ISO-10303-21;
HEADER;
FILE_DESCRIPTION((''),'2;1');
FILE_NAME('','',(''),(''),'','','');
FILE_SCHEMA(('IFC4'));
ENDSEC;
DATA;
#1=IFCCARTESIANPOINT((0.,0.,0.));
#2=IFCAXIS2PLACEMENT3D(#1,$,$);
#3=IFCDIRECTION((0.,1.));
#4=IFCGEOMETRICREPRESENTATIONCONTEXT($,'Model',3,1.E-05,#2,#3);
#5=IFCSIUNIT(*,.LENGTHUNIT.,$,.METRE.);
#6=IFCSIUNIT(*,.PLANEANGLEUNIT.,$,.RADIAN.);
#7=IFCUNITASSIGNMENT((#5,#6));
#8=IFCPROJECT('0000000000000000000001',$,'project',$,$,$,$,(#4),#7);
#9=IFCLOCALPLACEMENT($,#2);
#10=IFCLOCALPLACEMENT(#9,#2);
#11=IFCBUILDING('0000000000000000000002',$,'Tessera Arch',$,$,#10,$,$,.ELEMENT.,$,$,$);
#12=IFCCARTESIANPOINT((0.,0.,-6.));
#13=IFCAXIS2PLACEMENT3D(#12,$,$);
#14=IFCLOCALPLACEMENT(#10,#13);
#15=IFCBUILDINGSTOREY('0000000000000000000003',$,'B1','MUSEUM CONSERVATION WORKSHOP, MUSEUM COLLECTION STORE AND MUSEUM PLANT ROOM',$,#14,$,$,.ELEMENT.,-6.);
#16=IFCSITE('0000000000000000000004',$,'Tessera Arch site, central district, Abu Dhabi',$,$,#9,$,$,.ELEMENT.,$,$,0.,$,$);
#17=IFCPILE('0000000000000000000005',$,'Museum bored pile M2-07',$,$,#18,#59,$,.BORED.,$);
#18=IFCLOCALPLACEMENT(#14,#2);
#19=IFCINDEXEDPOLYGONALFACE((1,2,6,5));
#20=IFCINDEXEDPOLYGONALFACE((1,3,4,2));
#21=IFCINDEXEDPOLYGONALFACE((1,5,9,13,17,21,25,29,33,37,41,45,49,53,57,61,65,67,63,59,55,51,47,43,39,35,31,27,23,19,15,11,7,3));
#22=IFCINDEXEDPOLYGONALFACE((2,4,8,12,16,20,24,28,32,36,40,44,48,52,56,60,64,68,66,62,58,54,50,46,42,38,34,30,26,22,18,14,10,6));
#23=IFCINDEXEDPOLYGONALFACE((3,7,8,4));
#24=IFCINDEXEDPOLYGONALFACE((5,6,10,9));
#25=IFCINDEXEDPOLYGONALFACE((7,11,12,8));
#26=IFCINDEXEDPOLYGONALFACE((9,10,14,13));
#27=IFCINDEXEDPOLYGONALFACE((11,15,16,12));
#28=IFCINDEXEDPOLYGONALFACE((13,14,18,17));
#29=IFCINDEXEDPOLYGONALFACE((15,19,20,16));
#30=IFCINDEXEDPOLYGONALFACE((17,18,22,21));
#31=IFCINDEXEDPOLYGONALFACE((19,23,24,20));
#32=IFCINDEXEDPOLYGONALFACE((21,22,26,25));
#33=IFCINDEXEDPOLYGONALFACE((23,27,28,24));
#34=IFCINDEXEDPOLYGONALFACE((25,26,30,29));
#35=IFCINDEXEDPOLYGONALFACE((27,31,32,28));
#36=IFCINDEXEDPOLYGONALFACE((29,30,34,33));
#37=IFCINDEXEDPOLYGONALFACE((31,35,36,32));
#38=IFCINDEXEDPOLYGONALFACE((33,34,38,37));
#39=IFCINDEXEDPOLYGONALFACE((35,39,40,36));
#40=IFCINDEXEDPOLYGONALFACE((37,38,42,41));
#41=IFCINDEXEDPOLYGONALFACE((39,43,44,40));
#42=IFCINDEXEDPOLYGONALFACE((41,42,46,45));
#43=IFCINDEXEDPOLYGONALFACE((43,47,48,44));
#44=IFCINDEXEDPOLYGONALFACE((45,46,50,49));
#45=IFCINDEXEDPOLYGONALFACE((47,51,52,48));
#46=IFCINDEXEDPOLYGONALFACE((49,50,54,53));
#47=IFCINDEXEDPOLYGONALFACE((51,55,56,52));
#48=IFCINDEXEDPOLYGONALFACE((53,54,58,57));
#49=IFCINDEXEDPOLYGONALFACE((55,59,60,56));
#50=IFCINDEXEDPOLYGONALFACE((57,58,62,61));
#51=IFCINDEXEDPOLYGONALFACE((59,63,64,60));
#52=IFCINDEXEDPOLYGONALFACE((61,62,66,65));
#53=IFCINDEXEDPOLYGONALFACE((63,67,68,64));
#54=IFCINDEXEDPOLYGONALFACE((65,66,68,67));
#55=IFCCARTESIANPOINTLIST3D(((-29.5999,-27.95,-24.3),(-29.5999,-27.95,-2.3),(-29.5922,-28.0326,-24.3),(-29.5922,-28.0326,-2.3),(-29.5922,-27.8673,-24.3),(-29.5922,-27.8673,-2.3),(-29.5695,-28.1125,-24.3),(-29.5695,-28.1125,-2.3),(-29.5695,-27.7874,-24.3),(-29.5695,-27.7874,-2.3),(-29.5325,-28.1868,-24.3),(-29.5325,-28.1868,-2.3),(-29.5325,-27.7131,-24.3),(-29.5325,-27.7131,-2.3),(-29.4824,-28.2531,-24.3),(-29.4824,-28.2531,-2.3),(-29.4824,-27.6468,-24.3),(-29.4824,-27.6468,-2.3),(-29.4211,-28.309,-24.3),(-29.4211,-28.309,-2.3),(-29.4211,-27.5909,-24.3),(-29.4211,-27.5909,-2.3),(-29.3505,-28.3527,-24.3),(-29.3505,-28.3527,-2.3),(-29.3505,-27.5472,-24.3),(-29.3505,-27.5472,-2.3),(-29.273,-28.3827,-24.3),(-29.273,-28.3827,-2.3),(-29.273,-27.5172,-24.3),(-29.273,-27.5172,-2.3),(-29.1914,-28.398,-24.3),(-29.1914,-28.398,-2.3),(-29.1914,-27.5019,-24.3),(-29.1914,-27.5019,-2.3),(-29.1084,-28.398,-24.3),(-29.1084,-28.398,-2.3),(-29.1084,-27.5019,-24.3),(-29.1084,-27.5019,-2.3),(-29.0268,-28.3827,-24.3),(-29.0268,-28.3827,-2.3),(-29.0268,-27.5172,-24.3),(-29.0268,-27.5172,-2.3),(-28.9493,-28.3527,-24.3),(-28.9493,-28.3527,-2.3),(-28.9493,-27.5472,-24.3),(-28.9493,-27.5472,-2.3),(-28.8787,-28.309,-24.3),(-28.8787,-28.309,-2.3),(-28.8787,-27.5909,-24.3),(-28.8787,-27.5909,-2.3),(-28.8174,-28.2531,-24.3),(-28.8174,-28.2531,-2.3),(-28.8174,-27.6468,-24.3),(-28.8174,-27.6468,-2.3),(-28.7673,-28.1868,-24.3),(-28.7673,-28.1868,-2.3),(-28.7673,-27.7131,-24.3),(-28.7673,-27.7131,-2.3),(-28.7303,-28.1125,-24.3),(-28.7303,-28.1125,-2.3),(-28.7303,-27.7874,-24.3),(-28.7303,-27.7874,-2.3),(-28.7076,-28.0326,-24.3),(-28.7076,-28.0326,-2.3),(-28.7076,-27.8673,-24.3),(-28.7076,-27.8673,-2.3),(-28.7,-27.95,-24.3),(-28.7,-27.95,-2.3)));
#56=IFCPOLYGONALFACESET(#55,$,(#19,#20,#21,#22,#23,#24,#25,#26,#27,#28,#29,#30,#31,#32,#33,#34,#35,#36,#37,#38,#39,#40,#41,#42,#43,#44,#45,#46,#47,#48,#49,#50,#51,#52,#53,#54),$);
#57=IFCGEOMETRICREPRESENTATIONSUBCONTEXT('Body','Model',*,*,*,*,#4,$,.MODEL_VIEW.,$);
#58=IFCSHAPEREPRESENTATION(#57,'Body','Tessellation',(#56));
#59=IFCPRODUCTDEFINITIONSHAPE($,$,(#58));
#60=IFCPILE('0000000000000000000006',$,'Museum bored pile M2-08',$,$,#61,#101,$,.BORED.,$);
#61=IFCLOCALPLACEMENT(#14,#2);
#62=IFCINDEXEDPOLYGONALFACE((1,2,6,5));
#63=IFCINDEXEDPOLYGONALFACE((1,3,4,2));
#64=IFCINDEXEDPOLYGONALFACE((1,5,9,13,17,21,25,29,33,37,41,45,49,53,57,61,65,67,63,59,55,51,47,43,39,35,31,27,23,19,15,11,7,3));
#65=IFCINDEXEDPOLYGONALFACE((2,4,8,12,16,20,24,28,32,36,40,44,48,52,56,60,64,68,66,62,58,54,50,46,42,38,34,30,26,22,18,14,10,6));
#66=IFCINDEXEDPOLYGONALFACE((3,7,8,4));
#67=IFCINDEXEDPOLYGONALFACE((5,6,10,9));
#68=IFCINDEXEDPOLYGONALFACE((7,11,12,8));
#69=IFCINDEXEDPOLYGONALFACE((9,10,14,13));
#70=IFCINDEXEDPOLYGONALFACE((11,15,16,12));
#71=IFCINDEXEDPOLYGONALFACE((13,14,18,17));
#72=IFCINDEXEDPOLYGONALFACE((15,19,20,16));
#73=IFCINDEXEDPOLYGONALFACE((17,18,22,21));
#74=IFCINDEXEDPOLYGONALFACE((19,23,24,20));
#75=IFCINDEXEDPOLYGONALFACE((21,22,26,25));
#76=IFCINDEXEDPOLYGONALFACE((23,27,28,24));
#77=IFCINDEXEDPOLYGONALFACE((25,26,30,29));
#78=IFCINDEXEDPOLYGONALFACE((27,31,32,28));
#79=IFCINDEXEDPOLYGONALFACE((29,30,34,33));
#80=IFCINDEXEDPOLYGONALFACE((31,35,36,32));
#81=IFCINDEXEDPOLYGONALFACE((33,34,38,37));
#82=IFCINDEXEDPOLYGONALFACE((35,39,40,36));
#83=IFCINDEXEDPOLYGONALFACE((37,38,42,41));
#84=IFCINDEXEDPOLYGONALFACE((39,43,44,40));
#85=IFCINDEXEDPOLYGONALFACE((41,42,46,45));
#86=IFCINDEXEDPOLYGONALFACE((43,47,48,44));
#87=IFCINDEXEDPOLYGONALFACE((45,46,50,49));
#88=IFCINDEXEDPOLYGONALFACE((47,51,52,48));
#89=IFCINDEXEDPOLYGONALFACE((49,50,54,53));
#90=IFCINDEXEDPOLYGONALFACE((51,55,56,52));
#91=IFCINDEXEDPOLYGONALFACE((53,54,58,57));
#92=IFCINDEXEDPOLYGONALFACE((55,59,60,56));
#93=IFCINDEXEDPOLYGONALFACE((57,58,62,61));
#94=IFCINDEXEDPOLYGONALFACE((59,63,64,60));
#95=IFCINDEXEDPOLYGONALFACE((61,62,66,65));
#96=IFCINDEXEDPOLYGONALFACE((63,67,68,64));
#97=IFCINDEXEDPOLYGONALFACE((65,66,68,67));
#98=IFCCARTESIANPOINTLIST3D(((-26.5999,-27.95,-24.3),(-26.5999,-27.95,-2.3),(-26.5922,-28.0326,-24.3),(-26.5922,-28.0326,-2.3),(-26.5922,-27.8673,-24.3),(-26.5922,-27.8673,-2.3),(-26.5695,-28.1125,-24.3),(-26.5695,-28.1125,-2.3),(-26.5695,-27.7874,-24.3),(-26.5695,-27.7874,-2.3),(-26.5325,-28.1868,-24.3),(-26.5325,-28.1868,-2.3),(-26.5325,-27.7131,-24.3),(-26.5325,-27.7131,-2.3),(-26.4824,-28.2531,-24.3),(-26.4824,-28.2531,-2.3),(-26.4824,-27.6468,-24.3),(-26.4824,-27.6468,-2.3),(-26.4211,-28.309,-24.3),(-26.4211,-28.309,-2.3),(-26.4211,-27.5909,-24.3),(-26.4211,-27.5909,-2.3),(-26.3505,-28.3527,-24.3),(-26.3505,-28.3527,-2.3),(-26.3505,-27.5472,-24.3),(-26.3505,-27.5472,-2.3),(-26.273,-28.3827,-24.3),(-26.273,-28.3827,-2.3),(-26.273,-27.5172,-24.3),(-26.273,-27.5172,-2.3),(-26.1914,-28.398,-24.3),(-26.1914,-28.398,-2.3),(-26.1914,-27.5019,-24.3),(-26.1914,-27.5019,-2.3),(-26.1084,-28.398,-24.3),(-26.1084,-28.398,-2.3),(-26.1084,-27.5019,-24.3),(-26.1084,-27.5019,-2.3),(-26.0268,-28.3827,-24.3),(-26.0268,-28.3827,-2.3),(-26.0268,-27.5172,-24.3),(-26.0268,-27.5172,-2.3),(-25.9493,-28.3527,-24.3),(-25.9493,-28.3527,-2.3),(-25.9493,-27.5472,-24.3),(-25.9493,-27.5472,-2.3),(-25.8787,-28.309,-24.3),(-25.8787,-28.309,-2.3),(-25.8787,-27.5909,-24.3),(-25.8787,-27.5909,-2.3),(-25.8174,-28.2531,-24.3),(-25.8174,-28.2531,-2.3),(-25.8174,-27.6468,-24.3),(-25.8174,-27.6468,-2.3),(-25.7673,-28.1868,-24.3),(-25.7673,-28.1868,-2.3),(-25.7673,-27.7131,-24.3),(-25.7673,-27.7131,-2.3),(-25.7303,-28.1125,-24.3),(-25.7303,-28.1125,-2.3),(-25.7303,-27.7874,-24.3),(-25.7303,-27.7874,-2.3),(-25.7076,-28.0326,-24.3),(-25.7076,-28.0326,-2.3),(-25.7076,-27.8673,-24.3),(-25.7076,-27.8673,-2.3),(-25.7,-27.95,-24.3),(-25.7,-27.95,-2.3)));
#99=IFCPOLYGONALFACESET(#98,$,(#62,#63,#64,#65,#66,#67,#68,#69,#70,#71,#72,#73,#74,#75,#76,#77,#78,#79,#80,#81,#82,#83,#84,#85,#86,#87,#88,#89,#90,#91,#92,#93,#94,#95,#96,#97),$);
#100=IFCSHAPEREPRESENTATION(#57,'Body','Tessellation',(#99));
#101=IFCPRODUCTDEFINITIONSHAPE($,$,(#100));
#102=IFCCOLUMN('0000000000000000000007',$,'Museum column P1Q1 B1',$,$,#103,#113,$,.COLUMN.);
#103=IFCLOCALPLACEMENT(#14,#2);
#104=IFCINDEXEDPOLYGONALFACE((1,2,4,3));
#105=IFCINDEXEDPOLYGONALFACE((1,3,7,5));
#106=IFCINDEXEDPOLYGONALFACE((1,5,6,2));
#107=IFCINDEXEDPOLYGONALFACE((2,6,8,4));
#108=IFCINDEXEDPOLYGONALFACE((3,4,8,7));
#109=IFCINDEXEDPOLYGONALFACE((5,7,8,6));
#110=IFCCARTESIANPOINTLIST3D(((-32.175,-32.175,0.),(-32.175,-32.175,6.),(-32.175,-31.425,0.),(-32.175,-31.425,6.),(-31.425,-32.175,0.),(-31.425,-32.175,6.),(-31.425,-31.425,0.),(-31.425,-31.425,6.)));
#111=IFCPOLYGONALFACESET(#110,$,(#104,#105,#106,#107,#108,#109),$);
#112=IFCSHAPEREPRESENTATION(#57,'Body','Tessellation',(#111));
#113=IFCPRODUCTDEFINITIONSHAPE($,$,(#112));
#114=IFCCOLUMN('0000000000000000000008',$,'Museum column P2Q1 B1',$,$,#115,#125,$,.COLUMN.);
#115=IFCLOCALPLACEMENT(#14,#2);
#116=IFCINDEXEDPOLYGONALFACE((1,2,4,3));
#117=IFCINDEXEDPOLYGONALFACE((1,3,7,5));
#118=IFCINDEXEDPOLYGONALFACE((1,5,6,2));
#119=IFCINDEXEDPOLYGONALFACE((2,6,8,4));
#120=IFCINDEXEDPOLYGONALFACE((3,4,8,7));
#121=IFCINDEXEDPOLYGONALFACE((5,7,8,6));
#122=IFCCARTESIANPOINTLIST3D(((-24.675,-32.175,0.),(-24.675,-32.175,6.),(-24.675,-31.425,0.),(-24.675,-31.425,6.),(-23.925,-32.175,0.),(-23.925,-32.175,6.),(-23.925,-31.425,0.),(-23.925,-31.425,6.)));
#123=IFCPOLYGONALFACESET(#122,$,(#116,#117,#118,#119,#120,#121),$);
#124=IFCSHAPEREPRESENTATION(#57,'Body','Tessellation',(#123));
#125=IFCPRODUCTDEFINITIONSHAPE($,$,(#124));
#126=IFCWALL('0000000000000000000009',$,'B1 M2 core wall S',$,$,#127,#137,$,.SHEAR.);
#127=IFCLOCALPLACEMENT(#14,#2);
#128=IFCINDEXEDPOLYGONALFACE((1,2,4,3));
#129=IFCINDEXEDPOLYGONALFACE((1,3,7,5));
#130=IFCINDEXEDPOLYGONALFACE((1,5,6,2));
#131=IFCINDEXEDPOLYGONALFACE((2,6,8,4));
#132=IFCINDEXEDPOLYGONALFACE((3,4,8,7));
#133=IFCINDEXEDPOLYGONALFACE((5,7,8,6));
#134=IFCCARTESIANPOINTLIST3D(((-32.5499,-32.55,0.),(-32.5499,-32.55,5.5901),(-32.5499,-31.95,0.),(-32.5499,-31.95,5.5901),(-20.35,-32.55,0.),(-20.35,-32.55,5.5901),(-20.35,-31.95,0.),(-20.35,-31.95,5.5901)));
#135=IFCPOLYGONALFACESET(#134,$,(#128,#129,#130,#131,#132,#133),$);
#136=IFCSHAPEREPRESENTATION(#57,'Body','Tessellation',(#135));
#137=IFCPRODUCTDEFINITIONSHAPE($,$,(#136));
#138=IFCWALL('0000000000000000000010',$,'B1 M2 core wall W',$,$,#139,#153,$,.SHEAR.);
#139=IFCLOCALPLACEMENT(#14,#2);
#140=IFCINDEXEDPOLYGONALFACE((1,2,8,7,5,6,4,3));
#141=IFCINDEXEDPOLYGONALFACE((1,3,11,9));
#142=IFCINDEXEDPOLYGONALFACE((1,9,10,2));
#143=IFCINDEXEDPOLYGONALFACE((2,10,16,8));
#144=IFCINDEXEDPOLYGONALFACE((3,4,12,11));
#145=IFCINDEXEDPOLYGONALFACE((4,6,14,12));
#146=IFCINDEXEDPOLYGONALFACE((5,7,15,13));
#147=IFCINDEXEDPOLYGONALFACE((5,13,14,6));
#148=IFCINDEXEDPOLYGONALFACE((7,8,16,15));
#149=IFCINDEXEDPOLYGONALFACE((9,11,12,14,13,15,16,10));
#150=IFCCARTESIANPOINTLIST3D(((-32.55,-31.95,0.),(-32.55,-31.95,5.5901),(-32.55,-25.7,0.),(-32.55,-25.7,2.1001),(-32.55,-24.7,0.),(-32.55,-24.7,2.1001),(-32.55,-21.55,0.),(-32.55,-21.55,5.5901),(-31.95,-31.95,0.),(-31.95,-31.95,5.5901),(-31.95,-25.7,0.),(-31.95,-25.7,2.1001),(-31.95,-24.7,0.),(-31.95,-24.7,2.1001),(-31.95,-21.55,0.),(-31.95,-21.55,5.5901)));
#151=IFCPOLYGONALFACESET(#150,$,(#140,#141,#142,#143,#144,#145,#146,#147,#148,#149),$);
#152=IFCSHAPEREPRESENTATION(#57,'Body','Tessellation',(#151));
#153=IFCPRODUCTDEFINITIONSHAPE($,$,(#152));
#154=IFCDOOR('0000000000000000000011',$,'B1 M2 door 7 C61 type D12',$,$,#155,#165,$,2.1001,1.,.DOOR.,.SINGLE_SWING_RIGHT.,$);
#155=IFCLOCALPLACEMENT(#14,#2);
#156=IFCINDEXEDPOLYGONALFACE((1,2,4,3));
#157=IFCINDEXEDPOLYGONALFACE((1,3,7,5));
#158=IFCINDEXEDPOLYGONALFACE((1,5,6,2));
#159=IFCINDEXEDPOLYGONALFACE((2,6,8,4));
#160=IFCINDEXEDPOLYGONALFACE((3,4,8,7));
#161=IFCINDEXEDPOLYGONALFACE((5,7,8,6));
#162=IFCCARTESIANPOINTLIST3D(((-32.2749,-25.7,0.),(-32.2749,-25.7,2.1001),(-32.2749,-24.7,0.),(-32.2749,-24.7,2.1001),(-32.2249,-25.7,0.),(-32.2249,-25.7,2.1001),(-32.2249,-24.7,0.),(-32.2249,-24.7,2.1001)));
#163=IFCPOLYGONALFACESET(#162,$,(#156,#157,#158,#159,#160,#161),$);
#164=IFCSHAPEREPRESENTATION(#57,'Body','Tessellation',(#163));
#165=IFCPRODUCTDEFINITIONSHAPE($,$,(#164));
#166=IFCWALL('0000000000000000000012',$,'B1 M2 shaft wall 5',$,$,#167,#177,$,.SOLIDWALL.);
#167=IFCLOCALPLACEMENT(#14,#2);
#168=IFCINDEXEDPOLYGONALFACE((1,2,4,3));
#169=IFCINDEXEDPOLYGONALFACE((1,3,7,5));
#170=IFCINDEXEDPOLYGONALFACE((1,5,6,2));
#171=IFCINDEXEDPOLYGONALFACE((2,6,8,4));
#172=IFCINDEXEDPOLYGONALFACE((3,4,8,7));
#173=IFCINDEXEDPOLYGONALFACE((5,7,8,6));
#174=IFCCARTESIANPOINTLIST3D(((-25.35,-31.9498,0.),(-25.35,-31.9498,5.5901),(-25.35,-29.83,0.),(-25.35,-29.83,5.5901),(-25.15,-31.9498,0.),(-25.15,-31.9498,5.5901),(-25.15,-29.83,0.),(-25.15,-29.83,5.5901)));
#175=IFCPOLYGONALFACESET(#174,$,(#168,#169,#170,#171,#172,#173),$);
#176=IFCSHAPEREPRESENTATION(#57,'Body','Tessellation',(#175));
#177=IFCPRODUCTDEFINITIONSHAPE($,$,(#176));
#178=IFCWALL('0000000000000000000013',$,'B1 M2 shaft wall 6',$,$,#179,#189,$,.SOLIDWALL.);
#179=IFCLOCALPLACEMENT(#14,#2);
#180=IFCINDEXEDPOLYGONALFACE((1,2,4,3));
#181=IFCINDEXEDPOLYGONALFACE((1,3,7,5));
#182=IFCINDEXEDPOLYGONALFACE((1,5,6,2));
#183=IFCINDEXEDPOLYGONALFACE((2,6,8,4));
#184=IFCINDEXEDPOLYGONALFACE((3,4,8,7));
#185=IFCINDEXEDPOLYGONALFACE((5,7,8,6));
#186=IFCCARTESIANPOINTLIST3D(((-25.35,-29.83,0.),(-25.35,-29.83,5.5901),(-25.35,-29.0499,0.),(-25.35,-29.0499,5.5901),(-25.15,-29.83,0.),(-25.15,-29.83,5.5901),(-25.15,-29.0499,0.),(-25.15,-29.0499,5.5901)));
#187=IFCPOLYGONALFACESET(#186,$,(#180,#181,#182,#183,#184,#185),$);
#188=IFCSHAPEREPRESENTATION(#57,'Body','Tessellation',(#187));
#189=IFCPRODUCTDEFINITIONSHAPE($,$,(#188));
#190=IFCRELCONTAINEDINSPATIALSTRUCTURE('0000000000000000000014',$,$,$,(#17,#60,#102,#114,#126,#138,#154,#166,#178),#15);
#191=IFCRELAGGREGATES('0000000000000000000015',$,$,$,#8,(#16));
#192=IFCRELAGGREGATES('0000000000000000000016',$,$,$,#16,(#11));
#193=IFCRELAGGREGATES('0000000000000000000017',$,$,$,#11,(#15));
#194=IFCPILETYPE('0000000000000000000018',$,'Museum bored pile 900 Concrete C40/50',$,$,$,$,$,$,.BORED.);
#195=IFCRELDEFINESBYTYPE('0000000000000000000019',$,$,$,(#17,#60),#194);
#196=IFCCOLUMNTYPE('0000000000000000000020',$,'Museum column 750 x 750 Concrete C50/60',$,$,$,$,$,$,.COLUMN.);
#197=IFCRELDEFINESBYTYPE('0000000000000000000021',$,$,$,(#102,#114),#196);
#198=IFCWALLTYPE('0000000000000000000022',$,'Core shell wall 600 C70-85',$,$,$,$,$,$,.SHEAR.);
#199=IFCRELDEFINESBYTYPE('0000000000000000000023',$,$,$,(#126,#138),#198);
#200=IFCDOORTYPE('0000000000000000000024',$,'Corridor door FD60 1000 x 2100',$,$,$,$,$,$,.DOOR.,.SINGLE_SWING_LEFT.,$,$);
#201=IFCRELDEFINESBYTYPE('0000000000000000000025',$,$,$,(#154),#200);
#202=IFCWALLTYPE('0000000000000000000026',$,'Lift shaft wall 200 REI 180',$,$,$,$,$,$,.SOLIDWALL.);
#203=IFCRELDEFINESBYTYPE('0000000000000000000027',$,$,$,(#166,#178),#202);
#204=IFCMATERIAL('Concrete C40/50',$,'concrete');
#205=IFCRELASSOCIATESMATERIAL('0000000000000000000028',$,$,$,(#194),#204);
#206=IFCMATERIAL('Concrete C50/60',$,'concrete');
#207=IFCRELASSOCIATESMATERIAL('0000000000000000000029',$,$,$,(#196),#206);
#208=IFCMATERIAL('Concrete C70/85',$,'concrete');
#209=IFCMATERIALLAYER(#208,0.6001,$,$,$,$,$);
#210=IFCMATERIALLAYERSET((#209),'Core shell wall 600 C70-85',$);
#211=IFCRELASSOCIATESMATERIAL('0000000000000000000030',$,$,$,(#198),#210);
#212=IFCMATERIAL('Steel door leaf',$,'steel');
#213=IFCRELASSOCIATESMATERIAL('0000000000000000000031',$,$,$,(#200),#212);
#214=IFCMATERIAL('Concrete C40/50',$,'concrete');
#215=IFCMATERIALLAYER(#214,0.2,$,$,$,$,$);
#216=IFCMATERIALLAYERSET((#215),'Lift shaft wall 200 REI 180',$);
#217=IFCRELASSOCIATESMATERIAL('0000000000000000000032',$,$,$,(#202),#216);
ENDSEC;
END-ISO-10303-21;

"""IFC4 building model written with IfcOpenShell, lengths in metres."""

from ifc_helpers import new_model, si_unit, direction, frame, frame_2d, origin, origin_2d, place, context, subcontext, project, spatial, rectangle, circle, extrude, material, layer, layer_set, material_profile, profile_set, type_object, element, fill, save


model = new_model("IFC4")

# Units and contexts
model_context = context("Model", 3, precision=1e-05, world=origin(), true_north=direction((0.0, 1.0)))
body_context = subcontext(model_context, "Body", "Model", "MODEL_VIEW")
ifc_project = project(units=[si_unit("LENGTHUNIT", "METRE"), si_unit("PLANEANGLEUNIT", "RADIAN")], contexts=[model_context])

# Site, building, storey
site_placement = place(None, origin())
site = spatial("IfcSite", under=ifc_project, at=site_placement, Name="Tessera Arch site, central district, Abu Dhabi", CompositionType="ELEMENT", RefElevation=0.0)
building_placement = place(site_placement, origin())
building = spatial("IfcBuilding", under=site, at=building_placement, Name="Tessera Arch", CompositionType="ELEMENT")
storey_placement = place(building_placement, frame((0.0, 0.0, -6.0)))
storey = spatial("IfcBuildingStorey", under=building, at=storey_placement, Name="B1", Description="MUSEUM CONSERVATION WORKSHOP, MUSEUM COLLECTION STORE AND MUSEUM PLANT ROOM", CompositionType="ELEMENT", Elevation=-6.0)

# Piles
ifc_material_1 = material(Name="Concrete C40/50", Category="concrete")
pile_type = type_object("IfcPileType", Name="Museum bored pile 900 Concrete C40/50", PredefinedType="BORED", material=ifc_material_1)
for number, where, z_axis, x_axis, name in (
    (1, (-29.1499, -27.95, -2.3), (0.0, 0.0, -1.0), (1.0, 0.0, 0.0), "Museum bored pile M2-07"),
    (2, (-26.1499, -27.95, -2.3), (0.0, 0.0, -1.0), (1.0, 0.0, 0.0), "Museum bored pile M2-08"),
):
    element("IfcPile", number, at=place(storey_placement, frame(where, z_axis=z_axis, x_axis=x_axis)), inside=storey, type_object=pile_type, Name=name, PredefinedType="BORED", context=body_context, shape_type="SweptSolid", body=[
        extrude(circle(Radius=0.45, at=origin_2d()), origin(), (0.0, 0.0, 1.0), 22.0),
    ])

# Columns
ifc_material_2 = material(Name="Concrete C50/60", Category="concrete")
ifc_material_profile = material_profile(ifc_material_2, rectangle(XDim=0.75, YDim=0.75, at=origin_2d()), Name="Museum column 750 x 750 Concrete C50/60")
ifc_profile_set = profile_set([ifc_material_profile], Name="Concrete C50/60")
column_type = type_object("IfcColumnType", Name="Museum column 750 x 750 Concrete C50/60", PredefinedType="COLUMN", material=ifc_profile_set)
for number, where, z_axis, x_axis, name in (
    (3, (-31.8, -31.8, 0.0), (0.0, 0.0, 1.0), (1.0, 0.0, 0.0), "Museum column P1Q1 B1"),
    (4, (-24.3, -31.8, 0.0), (0.0, 0.0, 1.0), (1.0, 0.0, 0.0), "Museum column P2Q1 B1"),
):
    element("IfcColumn", number, at=place(storey_placement, frame(where, z_axis=z_axis, x_axis=x_axis)), inside=storey, type_object=column_type, Name=name, PredefinedType="COLUMN", context=body_context, shape_type="SweptSolid", body=[
        extrude(rectangle(XDim=0.75, YDim=0.75, at=origin_2d()), origin(), (0.0, 0.0, 1.0), 6.0),
    ])

# Wall
ifc_material_3 = material(Name="Concrete C70/85", Category="concrete")
ifc_layer_1 = layer(ifc_material_3, 0.6001)
ifc_layer_set_1 = layer_set([ifc_layer_1], Name="Core shell wall 600 C70-85")
wall_type_1 = type_object("IfcWallType", Name="Core shell wall 600 C70-85", PredefinedType="SHEAR", material=ifc_layer_set_1)
wall_1_placement = place(storey_placement, frame((-32.55, -32.25, 0.0), z_axis=(0.0, 0.0, 1.0), x_axis=(1.0, 0.0, 0.0)))
element("IfcWall", 5, at=wall_1_placement, inside=storey, type_object=wall_type_1, Name="B1 M2 core wall S", PredefinedType="SHEAR", context=body_context, shape_type="SweptSolid", body=[
    extrude(rectangle(XDim=12.2, YDim=0.6001, at=frame_2d((6.1001, 0.0))), origin(), (0.0, 0.0, 1.0), 5.5901),
])

# Wall, opening, door
wall_2_placement = place(storey_placement, frame((-32.25, -31.95, 0.0), z_axis=(0.0, 0.0, 1.0), x_axis=(0.0, 1.0, 0.0)))
wall_2 = element("IfcWall", 6, at=wall_2_placement, inside=storey, type_object=wall_type_1, Name="B1 M2 core wall W", PredefinedType="SHEAR", context=body_context, shape_type="SweptSolid", body=[
    extrude(rectangle(XDim=10.3999, YDim=0.6001, at=frame_2d((5.2, 0.0))), origin(), (0.0, 0.0, 1.0), 5.5901),
])
opening_1_placement = place(wall_2_placement, frame((6.25, 0.0, 0.0)))
opening_1 = element("IfcOpeningElement", 7, at=opening_1_placement, cuts=wall_2, PredefinedType="OPENING", context=body_context, shape_type="SweptSolid", body=[
    extrude(rectangle(XDim=1.0, YDim=2.1001, at=frame_2d((0.5, 1.05))), frame((0.0, 0.3101, 0.0), z_axis=(0.0, -1.0, 0.0), x_axis=(1.0, 0.0, 0.0)), (0.0, 0.0, 1.0), 0.6201),
])
ifc_material_4 = material(Name="Steel door leaf", Category="steel")
door_type_1 = type_object("IfcDoorType", Name="Corridor door FD60 1000 x 2100", OperationType="SINGLE_SWING_LEFT", PredefinedType="DOOR", material=ifc_material_4)
door_1_placement = place(opening_1_placement, origin())
door_1 = element("IfcDoor", 8, at=door_1_placement, inside=storey, type_object=door_type_1, Name="B1 M2 door 7 C61 type D12", OperationType="SINGLE_SWING_RIGHT", OverallHeight=2.1001, OverallWidth=1.0, PredefinedType="DOOR", context=body_context, shape_type="SweptSolid", body=[
    extrude(rectangle(XDim=1.0, YDim=2.1001, at=frame_2d((0.5, 1.05))), frame((0.0, 0.0249, 0.0), z_axis=(0.0, -1.0, 0.0), x_axis=(1.0, 0.0, 0.0)), (0.0, 0.0, 1.0), 0.05),
])
fill(opening_1, door_1)

# Walls
ifc_material_5 = material(Name="Concrete C40/50", Category="concrete")
ifc_layer_2 = layer(ifc_material_5, 0.2)
ifc_layer_set_2 = layer_set([ifc_layer_2], Name="Lift shaft wall 200 REI 180")
wall_type_2 = type_object("IfcWallType", Name="Lift shaft wall 200 REI 180", PredefinedType="SOLIDWALL", material=ifc_layer_set_2)
wall_3_placement = place(storey_placement, frame((-25.25, -31.95, 0.0), z_axis=(0.0, 0.0, 1.0), x_axis=(0.0, 1.0, 0.0)))
element("IfcWall", 9, at=wall_3_placement, inside=storey, type_object=wall_type_2, Name="B1 M2 shaft wall 5", PredefinedType="SOLIDWALL", context=body_context, shape_type="SweptSolid", body=[
    extrude(rectangle(XDim=2.1199, YDim=0.2, at=frame_2d((1.0601, 0.0))), origin(), (0.0, 0.0, 1.0), 5.5901),
])
wall_4_placement = place(storey_placement, frame((-25.25, -29.8301, 0.0), z_axis=(0.0, 0.0, 1.0), x_axis=(0.0, 1.0, 0.0)))
element("IfcWall", 10, at=wall_4_placement, inside=storey, type_object=wall_type_2, Name="B1 M2 shaft wall 6", PredefinedType="SOLIDWALL", context=body_context, shape_type="SweptSolid", body=[
    extrude(rectangle(XDim=0.78, YDim=0.2, at=frame_2d((0.3901, 0.0))), origin(), (0.0, 0.0, 1.0), 5.5901),
])

save(model, "model.ifc")
